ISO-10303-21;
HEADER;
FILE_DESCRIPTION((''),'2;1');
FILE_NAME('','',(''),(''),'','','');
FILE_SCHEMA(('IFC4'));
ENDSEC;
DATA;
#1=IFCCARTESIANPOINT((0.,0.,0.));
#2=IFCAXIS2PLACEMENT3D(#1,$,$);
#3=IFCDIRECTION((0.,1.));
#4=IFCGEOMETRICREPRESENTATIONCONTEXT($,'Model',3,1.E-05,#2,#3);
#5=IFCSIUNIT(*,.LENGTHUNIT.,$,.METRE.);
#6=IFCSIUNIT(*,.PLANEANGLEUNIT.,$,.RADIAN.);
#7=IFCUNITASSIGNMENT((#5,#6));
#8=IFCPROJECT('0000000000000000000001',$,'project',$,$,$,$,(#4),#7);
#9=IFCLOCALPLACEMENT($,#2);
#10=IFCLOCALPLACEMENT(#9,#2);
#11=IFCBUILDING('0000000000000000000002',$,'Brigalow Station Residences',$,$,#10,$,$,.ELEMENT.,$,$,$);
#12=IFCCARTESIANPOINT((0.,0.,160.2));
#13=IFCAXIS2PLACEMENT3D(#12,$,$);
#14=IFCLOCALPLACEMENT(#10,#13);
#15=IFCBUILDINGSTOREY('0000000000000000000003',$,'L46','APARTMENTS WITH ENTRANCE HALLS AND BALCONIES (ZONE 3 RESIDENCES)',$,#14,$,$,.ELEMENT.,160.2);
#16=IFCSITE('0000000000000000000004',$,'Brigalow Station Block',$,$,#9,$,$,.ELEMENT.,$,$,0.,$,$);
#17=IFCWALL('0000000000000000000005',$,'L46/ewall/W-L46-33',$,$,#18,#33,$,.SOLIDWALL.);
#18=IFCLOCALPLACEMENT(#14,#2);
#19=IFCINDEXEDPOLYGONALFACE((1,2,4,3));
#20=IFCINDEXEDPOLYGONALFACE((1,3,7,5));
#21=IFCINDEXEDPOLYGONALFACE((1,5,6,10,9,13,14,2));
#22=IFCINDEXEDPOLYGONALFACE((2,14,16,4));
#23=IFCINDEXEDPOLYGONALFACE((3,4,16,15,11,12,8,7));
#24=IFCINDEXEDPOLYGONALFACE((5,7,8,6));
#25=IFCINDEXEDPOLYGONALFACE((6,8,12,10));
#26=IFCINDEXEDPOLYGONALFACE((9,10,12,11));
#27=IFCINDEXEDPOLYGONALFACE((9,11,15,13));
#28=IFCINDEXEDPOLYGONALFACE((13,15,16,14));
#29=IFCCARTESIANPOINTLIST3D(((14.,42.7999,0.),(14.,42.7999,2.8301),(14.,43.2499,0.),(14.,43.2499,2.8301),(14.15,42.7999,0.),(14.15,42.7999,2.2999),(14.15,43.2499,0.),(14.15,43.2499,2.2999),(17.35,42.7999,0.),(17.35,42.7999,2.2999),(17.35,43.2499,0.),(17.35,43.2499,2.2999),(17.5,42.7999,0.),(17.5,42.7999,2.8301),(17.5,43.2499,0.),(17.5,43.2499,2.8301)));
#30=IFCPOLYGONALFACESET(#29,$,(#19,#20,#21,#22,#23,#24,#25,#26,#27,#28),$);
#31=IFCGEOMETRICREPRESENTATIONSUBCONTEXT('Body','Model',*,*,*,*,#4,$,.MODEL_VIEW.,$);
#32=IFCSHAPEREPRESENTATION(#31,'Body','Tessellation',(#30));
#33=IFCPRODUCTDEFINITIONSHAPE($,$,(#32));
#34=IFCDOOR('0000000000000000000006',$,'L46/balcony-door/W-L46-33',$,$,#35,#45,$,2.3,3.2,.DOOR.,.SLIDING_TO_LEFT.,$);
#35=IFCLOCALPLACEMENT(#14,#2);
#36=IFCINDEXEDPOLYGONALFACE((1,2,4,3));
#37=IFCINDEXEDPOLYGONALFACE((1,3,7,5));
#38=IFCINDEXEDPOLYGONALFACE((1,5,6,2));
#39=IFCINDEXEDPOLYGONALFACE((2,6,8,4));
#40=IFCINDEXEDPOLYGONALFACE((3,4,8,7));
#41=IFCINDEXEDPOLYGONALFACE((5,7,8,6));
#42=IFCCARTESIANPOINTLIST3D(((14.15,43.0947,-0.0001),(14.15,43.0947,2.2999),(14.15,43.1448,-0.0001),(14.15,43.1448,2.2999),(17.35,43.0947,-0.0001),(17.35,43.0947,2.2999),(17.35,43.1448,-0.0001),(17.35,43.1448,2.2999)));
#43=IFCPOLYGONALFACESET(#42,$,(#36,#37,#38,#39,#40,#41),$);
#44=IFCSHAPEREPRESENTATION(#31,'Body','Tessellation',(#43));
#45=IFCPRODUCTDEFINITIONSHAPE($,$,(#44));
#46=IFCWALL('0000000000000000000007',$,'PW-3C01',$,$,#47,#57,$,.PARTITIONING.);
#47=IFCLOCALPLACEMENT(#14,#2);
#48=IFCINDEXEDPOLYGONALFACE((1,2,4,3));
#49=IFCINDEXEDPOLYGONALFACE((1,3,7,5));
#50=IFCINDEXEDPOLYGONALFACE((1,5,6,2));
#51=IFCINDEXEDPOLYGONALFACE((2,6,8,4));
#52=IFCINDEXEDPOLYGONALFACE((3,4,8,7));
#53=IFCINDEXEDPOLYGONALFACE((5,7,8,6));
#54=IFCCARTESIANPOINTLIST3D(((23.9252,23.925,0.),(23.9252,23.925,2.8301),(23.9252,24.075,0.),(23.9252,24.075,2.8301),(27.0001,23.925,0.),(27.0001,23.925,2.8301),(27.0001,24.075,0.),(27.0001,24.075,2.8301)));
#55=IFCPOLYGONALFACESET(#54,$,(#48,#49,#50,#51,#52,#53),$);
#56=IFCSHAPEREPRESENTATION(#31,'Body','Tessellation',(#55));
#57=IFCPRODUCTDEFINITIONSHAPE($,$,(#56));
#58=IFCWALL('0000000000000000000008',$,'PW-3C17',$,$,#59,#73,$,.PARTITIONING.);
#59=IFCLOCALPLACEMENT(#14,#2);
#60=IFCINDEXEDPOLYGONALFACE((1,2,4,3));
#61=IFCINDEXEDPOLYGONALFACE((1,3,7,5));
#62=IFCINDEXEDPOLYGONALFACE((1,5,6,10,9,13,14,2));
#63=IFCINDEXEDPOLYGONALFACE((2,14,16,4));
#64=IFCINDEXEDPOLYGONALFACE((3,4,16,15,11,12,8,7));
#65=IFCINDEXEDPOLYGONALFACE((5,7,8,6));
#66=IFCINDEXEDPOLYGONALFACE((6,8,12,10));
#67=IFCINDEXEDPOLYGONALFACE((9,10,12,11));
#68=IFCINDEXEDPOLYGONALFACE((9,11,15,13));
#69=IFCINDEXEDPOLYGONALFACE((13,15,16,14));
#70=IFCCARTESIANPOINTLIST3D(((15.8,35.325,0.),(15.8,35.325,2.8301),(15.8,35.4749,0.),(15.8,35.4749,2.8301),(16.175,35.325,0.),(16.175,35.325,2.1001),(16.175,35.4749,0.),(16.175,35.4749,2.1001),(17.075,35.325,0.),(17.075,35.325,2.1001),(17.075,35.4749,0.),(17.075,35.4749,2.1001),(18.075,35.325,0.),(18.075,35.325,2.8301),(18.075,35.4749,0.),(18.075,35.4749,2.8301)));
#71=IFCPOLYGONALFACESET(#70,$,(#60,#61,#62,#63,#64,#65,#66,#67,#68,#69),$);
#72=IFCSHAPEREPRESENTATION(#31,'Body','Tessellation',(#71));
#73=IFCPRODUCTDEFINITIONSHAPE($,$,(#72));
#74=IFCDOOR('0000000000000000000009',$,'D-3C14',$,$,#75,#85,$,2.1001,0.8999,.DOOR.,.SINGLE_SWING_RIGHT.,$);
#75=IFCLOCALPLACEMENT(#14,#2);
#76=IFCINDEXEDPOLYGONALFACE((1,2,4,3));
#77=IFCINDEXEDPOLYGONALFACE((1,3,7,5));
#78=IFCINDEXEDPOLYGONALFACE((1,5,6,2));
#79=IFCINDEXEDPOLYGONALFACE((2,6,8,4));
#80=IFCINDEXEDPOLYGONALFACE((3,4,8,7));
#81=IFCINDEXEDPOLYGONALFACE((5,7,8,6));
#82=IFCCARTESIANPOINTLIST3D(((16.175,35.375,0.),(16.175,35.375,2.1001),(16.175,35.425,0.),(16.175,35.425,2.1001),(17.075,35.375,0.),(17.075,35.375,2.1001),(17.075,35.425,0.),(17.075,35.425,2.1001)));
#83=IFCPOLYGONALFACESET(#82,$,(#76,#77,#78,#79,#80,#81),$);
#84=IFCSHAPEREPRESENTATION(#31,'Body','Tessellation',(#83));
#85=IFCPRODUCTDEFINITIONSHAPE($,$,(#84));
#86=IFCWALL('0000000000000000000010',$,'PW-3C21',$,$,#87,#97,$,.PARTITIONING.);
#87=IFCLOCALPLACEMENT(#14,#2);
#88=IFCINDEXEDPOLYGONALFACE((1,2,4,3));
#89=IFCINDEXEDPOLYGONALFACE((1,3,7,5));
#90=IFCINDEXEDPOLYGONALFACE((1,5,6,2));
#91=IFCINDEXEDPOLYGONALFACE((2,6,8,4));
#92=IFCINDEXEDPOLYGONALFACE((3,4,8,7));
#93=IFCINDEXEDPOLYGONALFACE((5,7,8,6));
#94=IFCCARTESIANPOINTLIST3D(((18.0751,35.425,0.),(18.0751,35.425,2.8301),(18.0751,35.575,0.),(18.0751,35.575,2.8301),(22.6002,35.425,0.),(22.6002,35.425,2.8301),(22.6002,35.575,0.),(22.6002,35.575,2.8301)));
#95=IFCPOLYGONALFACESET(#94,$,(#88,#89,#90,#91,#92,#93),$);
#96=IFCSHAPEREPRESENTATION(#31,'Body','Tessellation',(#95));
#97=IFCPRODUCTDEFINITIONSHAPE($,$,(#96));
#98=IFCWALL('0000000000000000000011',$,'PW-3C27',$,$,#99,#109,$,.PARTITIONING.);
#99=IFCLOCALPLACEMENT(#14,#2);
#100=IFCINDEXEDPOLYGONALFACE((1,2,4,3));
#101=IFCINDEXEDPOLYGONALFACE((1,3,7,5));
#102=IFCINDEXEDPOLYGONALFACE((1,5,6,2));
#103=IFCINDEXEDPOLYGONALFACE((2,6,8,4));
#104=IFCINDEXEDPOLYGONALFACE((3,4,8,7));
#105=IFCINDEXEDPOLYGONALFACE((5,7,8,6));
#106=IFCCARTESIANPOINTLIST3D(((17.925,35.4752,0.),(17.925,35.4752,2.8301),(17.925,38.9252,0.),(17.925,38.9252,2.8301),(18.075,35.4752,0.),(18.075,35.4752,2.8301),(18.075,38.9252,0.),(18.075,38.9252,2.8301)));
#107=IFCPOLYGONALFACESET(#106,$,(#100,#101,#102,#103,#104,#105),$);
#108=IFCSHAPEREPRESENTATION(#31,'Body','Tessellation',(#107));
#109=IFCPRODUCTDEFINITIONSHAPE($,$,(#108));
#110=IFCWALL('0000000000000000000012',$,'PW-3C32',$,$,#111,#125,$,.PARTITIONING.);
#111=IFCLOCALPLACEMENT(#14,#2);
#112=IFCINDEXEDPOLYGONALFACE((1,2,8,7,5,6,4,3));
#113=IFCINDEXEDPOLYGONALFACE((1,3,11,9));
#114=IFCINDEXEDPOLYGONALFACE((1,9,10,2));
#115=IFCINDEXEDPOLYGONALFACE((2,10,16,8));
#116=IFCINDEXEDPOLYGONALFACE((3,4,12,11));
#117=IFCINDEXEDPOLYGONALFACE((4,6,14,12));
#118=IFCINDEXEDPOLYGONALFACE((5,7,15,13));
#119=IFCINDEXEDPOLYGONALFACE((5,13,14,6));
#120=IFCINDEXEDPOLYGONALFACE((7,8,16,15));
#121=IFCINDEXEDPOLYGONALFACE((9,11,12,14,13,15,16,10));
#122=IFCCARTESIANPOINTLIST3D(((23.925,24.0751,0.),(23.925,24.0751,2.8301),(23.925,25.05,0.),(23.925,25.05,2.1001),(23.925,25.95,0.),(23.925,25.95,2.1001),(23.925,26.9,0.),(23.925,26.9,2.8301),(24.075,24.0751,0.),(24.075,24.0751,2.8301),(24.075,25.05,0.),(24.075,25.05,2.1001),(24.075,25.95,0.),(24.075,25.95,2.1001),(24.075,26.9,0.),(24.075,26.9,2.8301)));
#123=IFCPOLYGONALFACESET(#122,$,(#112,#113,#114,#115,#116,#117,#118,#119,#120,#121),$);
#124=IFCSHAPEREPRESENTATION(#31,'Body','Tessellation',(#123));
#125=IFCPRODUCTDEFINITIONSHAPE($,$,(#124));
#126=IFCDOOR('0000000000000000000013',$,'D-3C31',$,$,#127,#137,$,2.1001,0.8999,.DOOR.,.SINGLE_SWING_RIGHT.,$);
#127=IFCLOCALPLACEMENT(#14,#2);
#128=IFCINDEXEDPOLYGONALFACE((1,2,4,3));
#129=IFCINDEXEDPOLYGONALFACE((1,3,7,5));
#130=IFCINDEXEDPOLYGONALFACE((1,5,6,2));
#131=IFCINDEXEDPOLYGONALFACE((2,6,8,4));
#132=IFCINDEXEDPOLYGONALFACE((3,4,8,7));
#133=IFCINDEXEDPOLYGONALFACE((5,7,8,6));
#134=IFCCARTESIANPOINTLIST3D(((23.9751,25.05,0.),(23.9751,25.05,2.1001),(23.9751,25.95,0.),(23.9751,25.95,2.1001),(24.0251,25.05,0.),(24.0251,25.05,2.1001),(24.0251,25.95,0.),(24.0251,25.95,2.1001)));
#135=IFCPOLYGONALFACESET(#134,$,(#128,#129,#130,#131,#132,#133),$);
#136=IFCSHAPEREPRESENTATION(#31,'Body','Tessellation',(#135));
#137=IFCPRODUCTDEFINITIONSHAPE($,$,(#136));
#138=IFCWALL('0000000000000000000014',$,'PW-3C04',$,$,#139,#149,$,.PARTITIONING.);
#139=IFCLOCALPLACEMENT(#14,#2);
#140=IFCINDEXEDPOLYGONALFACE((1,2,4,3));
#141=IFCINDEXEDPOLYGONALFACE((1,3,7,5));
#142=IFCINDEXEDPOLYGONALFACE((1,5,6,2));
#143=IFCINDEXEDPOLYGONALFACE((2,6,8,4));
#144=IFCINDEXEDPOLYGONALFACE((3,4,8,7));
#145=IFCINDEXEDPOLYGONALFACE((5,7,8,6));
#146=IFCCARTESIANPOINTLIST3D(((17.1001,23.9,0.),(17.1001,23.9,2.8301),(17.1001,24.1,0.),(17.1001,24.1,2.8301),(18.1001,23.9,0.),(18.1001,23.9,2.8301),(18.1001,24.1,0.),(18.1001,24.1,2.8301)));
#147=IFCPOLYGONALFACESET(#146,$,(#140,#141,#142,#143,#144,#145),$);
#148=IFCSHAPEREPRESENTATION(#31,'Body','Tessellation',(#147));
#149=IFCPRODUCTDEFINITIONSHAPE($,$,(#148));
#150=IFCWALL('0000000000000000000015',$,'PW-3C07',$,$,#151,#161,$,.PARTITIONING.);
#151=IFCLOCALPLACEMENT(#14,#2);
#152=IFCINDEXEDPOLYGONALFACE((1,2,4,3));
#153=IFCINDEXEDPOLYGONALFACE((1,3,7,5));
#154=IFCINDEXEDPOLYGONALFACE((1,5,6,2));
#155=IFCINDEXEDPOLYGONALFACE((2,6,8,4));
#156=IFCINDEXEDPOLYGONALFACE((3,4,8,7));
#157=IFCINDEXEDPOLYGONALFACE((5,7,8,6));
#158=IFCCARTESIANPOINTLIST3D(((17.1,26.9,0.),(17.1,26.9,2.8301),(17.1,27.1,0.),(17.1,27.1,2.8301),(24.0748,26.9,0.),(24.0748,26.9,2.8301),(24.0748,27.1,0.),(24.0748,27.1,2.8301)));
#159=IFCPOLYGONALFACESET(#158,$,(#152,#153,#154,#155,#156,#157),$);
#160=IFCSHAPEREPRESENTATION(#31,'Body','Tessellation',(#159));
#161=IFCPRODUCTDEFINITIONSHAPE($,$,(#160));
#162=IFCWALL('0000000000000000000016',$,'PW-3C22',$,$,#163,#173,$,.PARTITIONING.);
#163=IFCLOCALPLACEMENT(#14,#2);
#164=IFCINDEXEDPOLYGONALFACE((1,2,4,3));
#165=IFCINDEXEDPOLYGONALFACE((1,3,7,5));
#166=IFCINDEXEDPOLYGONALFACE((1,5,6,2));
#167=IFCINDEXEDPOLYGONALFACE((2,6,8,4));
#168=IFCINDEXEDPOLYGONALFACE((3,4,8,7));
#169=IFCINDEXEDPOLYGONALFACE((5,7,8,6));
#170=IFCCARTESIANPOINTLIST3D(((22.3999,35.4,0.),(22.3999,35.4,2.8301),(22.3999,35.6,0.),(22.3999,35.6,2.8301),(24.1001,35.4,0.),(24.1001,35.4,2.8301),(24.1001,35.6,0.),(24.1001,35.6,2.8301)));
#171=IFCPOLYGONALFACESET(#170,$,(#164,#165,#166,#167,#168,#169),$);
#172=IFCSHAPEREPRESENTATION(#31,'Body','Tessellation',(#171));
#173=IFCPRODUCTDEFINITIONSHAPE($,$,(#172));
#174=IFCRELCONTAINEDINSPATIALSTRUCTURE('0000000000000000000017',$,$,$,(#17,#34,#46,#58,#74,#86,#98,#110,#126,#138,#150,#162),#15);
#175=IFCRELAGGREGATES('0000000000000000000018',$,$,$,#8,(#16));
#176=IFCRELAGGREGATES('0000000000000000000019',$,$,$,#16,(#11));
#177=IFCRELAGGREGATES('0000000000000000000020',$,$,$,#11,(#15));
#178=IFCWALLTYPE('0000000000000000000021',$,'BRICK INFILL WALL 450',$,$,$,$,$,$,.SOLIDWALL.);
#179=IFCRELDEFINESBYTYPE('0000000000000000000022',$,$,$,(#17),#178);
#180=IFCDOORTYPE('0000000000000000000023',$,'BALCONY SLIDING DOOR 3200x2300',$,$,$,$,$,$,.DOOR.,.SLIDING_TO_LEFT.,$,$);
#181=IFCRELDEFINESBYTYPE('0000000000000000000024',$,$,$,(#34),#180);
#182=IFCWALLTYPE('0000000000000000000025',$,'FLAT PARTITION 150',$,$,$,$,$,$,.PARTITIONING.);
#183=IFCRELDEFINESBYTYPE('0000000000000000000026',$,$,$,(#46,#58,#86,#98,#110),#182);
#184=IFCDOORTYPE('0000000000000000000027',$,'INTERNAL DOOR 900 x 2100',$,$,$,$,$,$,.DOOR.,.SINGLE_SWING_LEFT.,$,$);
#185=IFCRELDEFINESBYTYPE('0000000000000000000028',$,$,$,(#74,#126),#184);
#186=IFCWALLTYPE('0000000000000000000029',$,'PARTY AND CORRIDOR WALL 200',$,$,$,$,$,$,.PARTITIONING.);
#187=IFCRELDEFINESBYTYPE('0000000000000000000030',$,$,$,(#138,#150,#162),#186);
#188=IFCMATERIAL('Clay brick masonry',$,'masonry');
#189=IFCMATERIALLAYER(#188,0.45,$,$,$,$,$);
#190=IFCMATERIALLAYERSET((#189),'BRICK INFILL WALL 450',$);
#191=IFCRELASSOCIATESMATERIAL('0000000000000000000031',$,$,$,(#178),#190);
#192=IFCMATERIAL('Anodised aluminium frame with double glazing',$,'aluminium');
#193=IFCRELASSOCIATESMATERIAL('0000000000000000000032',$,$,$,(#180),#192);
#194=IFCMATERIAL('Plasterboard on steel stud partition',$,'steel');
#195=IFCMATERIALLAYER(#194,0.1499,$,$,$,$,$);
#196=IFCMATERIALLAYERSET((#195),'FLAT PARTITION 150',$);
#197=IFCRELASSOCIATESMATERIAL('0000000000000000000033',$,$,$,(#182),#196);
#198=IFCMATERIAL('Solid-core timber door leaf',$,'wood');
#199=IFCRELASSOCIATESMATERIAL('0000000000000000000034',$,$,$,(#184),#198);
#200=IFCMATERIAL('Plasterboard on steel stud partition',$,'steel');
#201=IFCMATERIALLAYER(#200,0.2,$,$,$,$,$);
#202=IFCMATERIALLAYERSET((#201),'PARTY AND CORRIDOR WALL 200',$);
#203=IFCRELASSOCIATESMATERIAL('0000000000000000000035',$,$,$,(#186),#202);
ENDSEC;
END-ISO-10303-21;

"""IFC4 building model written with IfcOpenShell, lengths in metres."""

from ifc_helpers import new_model, si_unit, direction, frame, frame_2d, origin, place, context, subcontext, project, spatial, rectangle, extrude, material, layer, layer_set, type_object, element, fill, save


model = new_model("IFC4")

# Units and contexts
model_context = context("Model", 3, precision=1e-05, world=origin(), true_north=direction((0.0, 1.0)))
body_context = subcontext(model_context, "Body", "Model", "MODEL_VIEW")
ifc_project = project(units=[si_unit("LENGTHUNIT", "METRE"), si_unit("PLANEANGLEUNIT", "RADIAN")], contexts=[model_context])

# Site, building, storey
site_placement = place(None, origin())
site = spatial("IfcSite", under=ifc_project, at=site_placement, Name="Brigalow Station Block", CompositionType="ELEMENT", RefElevation=0.0)
building_placement = place(site_placement, origin())
building = spatial("IfcBuilding", under=site, at=building_placement, Name="Brigalow Station Residences", CompositionType="ELEMENT")
storey_placement = place(building_placement, frame((0.0, 0.0, 160.2)))
storey = spatial("IfcBuildingStorey", under=building, at=storey_placement, Name="L46", Description="APARTMENTS WITH ENTRANCE HALLS AND BALCONIES (ZONE 3 RESIDENCES)", CompositionType="ELEMENT", Elevation=160.2)

# Shared definitions
ifc_material_1 = material(Name="Clay brick masonry", Category="masonry")
ifc_layer_1 = layer(ifc_material_1, 0.45)
ifc_layer_set_1 = layer_set([ifc_layer_1], Name="BRICK INFILL WALL 450")
wall_type_1 = type_object("IfcWallType", Name="BRICK INFILL WALL 450", PredefinedType="SOLIDWALL", material=ifc_layer_set_1)

# Wall, opening, door
wall_1_placement = place(storey_placement, frame((17.5, 43.0249, 0.0), z_axis=(0.0, 0.0, 1.0), x_axis=(-1.0, 0.0, 0.0)))
wall_1 = element("IfcWall", 1, at=wall_1_placement, inside=storey, type_object=wall_type_1, Name="L46/ewall/W-L46-33", PredefinedType="SOLIDWALL", context=body_context, shape_type="SweptSolid", body=[
    extrude(rectangle(XDim=3.5, YDim=0.45, at=frame_2d((1.75, 0.0))), origin(), (0.0, 0.0, 1.0), 2.8301),
])
opening_1_placement = place(wall_1_placement, frame((0.1499, 0.0, 0.0)))
opening_1 = element("IfcOpeningElement", 2, at=opening_1_placement, cuts=wall_1, PredefinedType="OPENING", context=body_context, shape_type="SweptSolid", body=[
    extrude(rectangle(XDim=3.2, YDim=2.3, at=frame_2d((1.6001, 1.1499))), frame((0.0, 0.2349, 0.0), z_axis=(0.0, -1.0, 0.0), x_axis=(1.0, 0.0, 0.0)), (0.0, 0.0, 1.0), 0.47),
])
ifc_material_2 = material(Name="Anodised aluminium frame with double glazing", Category="aluminium")
door_type_1 = type_object("IfcDoorType", Name="BALCONY SLIDING DOOR 3200x2300", OperationType="SLIDING_TO_LEFT", PredefinedType="DOOR", material=ifc_material_2)
door_1_placement = place(opening_1_placement, origin())
door_1 = element("IfcDoor", 3, at=door_1_placement, inside=storey, type_object=door_type_1, Name="L46/balcony-door/W-L46-33", OperationType="SLIDING_TO_LEFT", OverallHeight=2.3, OverallWidth=3.2, PredefinedType="DOOR", context=body_context, shape_type="SweptSolid", body=[
    extrude(rectangle(XDim=3.2, YDim=2.3, at=frame_2d((1.6001, 1.1499))), frame((0.0, -0.0698, 0.0), z_axis=(0.0, -1.0, 0.0), x_axis=(1.0, 0.0, 0.0)), (0.0, 0.0, 1.0), 0.05),
])
fill(opening_1, door_1)

# Wall
ifc_material_3 = material(Name="Plasterboard on steel stud partition", Category="steel")
ifc_layer_2 = layer(ifc_material_3, 0.1499)
ifc_layer_set_2 = layer_set([ifc_layer_2], Name="FLAT PARTITION 150")
wall_type_2 = type_object("IfcWallType", Name="FLAT PARTITION 150", PredefinedType="PARTITIONING", material=ifc_layer_set_2)
wall_2_placement = place(storey_placement, frame((23.925, 24.0, 0.0), z_axis=(0.0, 0.0, 1.0), x_axis=(1.0, 0.0, 0.0)))
element("IfcWall", 4, at=wall_2_placement, inside=storey, type_object=wall_type_2, Name="PW-3C01", PredefinedType="PARTITIONING", context=body_context, shape_type="SweptSolid", body=[
    extrude(rectangle(XDim=3.075, YDim=0.1499, at=frame_2d((1.5376, 0.0))), origin(), (0.0, 0.0, 1.0), 2.8301),
])

# Wall, opening, door
wall_3_placement = place(storey_placement, frame((15.8, 35.3999, 0.0), z_axis=(0.0, 0.0, 1.0), x_axis=(1.0, 0.0, 0.0)))
wall_3 = element("IfcWall", 5, at=wall_3_placement, inside=storey, type_object=wall_type_2, Name="PW-3C17", PredefinedType="PARTITIONING", context=body_context, shape_type="SweptSolid", body=[
    extrude(rectangle(XDim=2.2749, YDim=0.1499, at=frame_2d((1.1375, 0.0))), origin(), (0.0, 0.0, 1.0), 2.8301),
])
opening_2_placement = place(wall_3_placement, frame((0.375, 0.0, 0.0)))
opening_2 = element("IfcOpeningElement", 6, at=opening_2_placement, cuts=wall_3, PredefinedType="OPENING", context=body_context, shape_type="SweptSolid", body=[
    extrude(rectangle(XDim=0.8999, YDim=2.1001, at=frame_2d((0.45, 1.05))), frame((0.0, 0.085, 0.0), z_axis=(0.0, -1.0, 0.0), x_axis=(1.0, 0.0, 0.0)), (0.0, 0.0, 1.0), 0.1699),
])
ifc_material_4 = material(Name="Solid-core timber door leaf", Category="wood")
door_type_2 = type_object("IfcDoorType", Name="INTERNAL DOOR 900 x 2100", OperationType="SINGLE_SWING_LEFT", PredefinedType="DOOR", material=ifc_material_4)
door_2_placement = place(opening_2_placement, frame((0.8999, 0.0, 0.0), z_axis=(0.0, 0.0, 1.0), x_axis=(-1.0, 0.0, 0.0)))
door_2 = element("IfcDoor", 7, at=door_2_placement, inside=storey, type_object=door_type_2, Name="D-3C14", OperationType="SINGLE_SWING_RIGHT", OverallHeight=2.1001, OverallWidth=0.8999, PredefinedType="DOOR", context=body_context, shape_type="SweptSolid", body=[
    extrude(rectangle(XDim=0.8999, YDim=2.1001, at=frame_2d((0.45, 1.05))), frame((0.0, 0.0249, 0.0), z_axis=(0.0, -1.0, 0.0), x_axis=(1.0, 0.0, 0.0)), (0.0, 0.0, 1.0), 0.05),
])
fill(opening_2, door_2)

# Walls
wall_4_placement = place(storey_placement, frame((18.075, 35.5, 0.0), z_axis=(0.0, 0.0, 1.0), x_axis=(1.0, 0.0, 0.0)))
element("IfcWall", 8, at=wall_4_placement, inside=storey, type_object=wall_type_2, Name="PW-3C21", PredefinedType="PARTITIONING", context=body_context, shape_type="SweptSolid", body=[
    extrude(rectangle(XDim=4.5251, YDim=0.1499, at=frame_2d((2.2627, 0.0))), origin(), (0.0, 0.0, 1.0), 2.8301),
])
wall_5_placement = place(storey_placement, frame((18.0, 35.4751, 0.0), z_axis=(0.0, 0.0, 1.0), x_axis=(0.0, 1.0, 0.0)))
element("IfcWall", 9, at=wall_5_placement, inside=storey, type_object=wall_type_2, Name="PW-3C27", PredefinedType="PARTITIONING", context=body_context, shape_type="SweptSolid", body=[
    extrude(rectangle(XDim=3.45, YDim=0.1499, at=frame_2d((1.7251, 0.0))), origin(), (0.0, 0.0, 1.0), 2.8301),
])

# Wall, opening, door
wall_6_placement = place(storey_placement, frame((24.0, 24.075, 0.0), z_axis=(0.0, 0.0, 1.0), x_axis=(0.0, 1.0, 0.0)))
wall_6 = element("IfcWall", 10, at=wall_6_placement, inside=storey, type_object=wall_type_2, Name="PW-3C32", PredefinedType="PARTITIONING", context=body_context, shape_type="SweptSolid", body=[
    extrude(rectangle(XDim=2.825, YDim=0.1499, at=frame_2d((1.4126, 0.0))), origin(), (0.0, 0.0, 1.0), 2.8301),
])
opening_3_placement = place(wall_6_placement, frame((0.9751, 0.0, 0.0)))
opening_3 = element("IfcOpeningElement", 11, at=opening_3_placement, cuts=wall_6, PredefinedType="OPENING", context=body_context, shape_type="SweptSolid", body=[
    extrude(rectangle(XDim=0.8999, YDim=2.1001, at=frame_2d((0.45, 1.05))), frame((0.0, 0.085, 0.0), z_axis=(0.0, -1.0, 0.0), x_axis=(1.0, 0.0, 0.0)), (0.0, 0.0, 1.0), 0.1699),
])
door_3_placement = place(opening_3_placement, origin())
door_3 = element("IfcDoor", 12, at=door_3_placement, inside=storey, type_object=door_type_2, Name="D-3C31", OperationType="SINGLE_SWING_RIGHT", OverallHeight=2.1001, OverallWidth=0.8999, PredefinedType="DOOR", context=body_context, shape_type="SweptSolid", body=[
    extrude(rectangle(XDim=0.8999, YDim=2.1001, at=frame_2d((0.45, 1.05))), frame((0.0, 0.0249, 0.0), z_axis=(0.0, -1.0, 0.0), x_axis=(1.0, 0.0, 0.0)), (0.0, 0.0, 1.0), 0.05),
])
fill(opening_3, door_3)

# Walls
ifc_material_5 = material(Name="Plasterboard on steel stud partition", Category="steel")
ifc_layer_3 = layer(ifc_material_5, 0.2)
ifc_layer_set_3 = layer_set([ifc_layer_3], Name="PARTY AND CORRIDOR WALL 200")
wall_type_3 = type_object("IfcWallType", Name="PARTY AND CORRIDOR WALL 200", PredefinedType="PARTITIONING", material=ifc_layer_set_3)
wall_7_placement = place(storey_placement, frame((17.1001, 24.0, 0.0), z_axis=(0.0, 0.0, 1.0), x_axis=(1.0, 0.0, 0.0)))
element("IfcWall", 13, at=wall_7_placement, inside=storey, type_object=wall_type_3, Name="PW-3C04", PredefinedType="PARTITIONING", context=body_context, shape_type="SweptSolid", body=[
    extrude(rectangle(XDim=1.0, YDim=0.2, at=frame_2d((0.5, 0.0))), origin(), (0.0, 0.0, 1.0), 2.8301),
])
wall_8_placement = place(storey_placement, frame((17.1001, 27.0, 0.0), z_axis=(0.0, 0.0, 1.0), x_axis=(1.0, 0.0, 0.0)))
element("IfcWall", 14, at=wall_8_placement, inside=storey, type_object=wall_type_3, Name="PW-3C07", PredefinedType="PARTITIONING", context=body_context, shape_type="SweptSolid", body=[
    extrude(rectangle(XDim=6.9749, YDim=0.2, at=frame_2d((3.4873, 0.0))), origin(), (0.0, 0.0, 1.0), 2.8301),
])
wall_9_placement = place(storey_placement, frame((22.3999, 35.5, 0.0), z_axis=(0.0, 0.0, 1.0), x_axis=(1.0, 0.0, 0.0)))
element("IfcWall", 15, at=wall_9_placement, inside=storey, type_object=wall_type_3, Name="PW-3C22", PredefinedType="PARTITIONING", context=body_context, shape_type="SweptSolid", body=[
    extrude(rectangle(XDim=1.7002, YDim=0.2, at=frame_2d((0.8501, 0.0))), origin(), (0.0, 0.0, 1.0), 2.8301),
])

save(model, "model.ifc")
